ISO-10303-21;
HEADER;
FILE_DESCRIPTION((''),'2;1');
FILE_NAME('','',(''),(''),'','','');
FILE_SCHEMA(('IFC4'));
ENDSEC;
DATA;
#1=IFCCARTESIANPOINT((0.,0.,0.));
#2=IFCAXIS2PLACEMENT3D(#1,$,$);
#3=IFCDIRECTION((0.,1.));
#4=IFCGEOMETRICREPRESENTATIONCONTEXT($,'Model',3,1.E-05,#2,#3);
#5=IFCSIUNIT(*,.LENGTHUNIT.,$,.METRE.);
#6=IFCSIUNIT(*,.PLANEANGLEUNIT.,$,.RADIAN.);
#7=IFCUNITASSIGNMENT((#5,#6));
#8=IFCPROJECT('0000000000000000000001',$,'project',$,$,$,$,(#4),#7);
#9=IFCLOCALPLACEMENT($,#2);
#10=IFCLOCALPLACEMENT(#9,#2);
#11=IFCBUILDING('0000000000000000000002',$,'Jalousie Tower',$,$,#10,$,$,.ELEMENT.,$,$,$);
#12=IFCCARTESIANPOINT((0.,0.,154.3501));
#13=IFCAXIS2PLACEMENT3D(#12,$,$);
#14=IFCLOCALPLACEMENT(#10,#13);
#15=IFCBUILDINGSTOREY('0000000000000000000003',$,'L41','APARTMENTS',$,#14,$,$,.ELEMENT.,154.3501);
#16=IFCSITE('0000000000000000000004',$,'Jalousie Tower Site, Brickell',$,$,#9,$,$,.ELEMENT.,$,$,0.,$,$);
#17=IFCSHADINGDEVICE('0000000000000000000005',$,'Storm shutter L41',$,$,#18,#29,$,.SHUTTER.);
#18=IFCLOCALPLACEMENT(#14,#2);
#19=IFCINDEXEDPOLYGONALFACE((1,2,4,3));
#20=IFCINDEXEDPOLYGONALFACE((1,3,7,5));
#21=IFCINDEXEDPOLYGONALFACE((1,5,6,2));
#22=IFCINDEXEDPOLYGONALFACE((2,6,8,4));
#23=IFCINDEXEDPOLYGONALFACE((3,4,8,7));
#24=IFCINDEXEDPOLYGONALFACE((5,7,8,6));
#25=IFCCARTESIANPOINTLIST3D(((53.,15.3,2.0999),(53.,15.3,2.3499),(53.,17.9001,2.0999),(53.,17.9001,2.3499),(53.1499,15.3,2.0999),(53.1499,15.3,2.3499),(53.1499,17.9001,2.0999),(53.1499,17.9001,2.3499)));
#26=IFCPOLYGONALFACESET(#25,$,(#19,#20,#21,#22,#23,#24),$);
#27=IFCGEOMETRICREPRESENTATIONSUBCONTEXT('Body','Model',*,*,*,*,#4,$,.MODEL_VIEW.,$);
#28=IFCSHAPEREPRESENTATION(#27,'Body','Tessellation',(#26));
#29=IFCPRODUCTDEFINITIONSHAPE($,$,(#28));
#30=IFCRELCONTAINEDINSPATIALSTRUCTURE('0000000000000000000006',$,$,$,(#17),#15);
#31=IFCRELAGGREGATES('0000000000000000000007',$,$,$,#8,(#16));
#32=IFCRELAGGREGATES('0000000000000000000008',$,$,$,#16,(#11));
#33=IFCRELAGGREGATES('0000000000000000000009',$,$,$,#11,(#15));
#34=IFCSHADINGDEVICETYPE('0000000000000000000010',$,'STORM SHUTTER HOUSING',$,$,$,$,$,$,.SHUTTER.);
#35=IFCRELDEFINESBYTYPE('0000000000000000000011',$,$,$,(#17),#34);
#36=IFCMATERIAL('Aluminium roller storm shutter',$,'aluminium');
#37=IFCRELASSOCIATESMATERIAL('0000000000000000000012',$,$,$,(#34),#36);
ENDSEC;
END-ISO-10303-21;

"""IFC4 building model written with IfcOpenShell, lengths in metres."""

from ifc_helpers import new_model, si_unit, direction, frame, origin, origin_2d, place, context, subcontext, project, spatial, rectangle, extrude, material, type_object, element, save


model = new_model("IFC4")

# Units and contexts
model_context = context("Model", 3, precision=1e-05, world=origin(), true_north=direction((0.0, 1.0)))
body_context = subcontext(model_context, "Body", "Model", "MODEL_VIEW")
ifc_project = project(units=[si_unit("LENGTHUNIT", "METRE"), si_unit("PLANEANGLEUNIT", "RADIAN")], contexts=[model_context])

# Site, building, storey
site_placement = place(None, origin())
site = spatial("IfcSite", under=ifc_project, at=site_placement, Name="Jalousie Tower Site, Brickell", CompositionType="ELEMENT", RefElevation=0.0)
building_placement = place(site_placement, origin())
building = spatial("IfcBuilding", under=site, at=building_placement, Name="Jalousie Tower", CompositionType="ELEMENT")
storey_placement = place(building_placement, frame((0.0, 0.0, 154.3501)))
storey = spatial("IfcBuildingStorey", under=building, at=storey_placement, Name="L41", Description="APARTMENTS", CompositionType="ELEMENT", Elevation=154.3501)

# Shading device
ifc_material_1 = material(Name="Aluminium roller storm shutter", Category="aluminium")
shading_device_type_1 = type_object("IfcShadingDeviceType", Name="STORM SHUTTER HOUSING", PredefinedType="SHUTTER", material=ifc_material_1)
for number, where, z_axis, x_axis, name in (
    (1, (53.075, 16.6001, 2.0999), (0.0, 0.0, 1.0), (0.0, 1.0, 0.0), "Storm shutter L41"),
):
    element("IfcShadingDevice", number, at=place(storey_placement, frame(where, z_axis=z_axis, x_axis=x_axis)), inside=storey, type_object=shading_device_type_1, Name=name, PredefinedType="SHUTTER", context=body_context, shape_type="SweptSolid", body=[
        extrude(rectangle(XDim=2.6001, YDim=0.1499, at=origin_2d()), origin(), (0.0, 0.0, 1.0), 0.25),
    ])

save(model, "model.ifc")
